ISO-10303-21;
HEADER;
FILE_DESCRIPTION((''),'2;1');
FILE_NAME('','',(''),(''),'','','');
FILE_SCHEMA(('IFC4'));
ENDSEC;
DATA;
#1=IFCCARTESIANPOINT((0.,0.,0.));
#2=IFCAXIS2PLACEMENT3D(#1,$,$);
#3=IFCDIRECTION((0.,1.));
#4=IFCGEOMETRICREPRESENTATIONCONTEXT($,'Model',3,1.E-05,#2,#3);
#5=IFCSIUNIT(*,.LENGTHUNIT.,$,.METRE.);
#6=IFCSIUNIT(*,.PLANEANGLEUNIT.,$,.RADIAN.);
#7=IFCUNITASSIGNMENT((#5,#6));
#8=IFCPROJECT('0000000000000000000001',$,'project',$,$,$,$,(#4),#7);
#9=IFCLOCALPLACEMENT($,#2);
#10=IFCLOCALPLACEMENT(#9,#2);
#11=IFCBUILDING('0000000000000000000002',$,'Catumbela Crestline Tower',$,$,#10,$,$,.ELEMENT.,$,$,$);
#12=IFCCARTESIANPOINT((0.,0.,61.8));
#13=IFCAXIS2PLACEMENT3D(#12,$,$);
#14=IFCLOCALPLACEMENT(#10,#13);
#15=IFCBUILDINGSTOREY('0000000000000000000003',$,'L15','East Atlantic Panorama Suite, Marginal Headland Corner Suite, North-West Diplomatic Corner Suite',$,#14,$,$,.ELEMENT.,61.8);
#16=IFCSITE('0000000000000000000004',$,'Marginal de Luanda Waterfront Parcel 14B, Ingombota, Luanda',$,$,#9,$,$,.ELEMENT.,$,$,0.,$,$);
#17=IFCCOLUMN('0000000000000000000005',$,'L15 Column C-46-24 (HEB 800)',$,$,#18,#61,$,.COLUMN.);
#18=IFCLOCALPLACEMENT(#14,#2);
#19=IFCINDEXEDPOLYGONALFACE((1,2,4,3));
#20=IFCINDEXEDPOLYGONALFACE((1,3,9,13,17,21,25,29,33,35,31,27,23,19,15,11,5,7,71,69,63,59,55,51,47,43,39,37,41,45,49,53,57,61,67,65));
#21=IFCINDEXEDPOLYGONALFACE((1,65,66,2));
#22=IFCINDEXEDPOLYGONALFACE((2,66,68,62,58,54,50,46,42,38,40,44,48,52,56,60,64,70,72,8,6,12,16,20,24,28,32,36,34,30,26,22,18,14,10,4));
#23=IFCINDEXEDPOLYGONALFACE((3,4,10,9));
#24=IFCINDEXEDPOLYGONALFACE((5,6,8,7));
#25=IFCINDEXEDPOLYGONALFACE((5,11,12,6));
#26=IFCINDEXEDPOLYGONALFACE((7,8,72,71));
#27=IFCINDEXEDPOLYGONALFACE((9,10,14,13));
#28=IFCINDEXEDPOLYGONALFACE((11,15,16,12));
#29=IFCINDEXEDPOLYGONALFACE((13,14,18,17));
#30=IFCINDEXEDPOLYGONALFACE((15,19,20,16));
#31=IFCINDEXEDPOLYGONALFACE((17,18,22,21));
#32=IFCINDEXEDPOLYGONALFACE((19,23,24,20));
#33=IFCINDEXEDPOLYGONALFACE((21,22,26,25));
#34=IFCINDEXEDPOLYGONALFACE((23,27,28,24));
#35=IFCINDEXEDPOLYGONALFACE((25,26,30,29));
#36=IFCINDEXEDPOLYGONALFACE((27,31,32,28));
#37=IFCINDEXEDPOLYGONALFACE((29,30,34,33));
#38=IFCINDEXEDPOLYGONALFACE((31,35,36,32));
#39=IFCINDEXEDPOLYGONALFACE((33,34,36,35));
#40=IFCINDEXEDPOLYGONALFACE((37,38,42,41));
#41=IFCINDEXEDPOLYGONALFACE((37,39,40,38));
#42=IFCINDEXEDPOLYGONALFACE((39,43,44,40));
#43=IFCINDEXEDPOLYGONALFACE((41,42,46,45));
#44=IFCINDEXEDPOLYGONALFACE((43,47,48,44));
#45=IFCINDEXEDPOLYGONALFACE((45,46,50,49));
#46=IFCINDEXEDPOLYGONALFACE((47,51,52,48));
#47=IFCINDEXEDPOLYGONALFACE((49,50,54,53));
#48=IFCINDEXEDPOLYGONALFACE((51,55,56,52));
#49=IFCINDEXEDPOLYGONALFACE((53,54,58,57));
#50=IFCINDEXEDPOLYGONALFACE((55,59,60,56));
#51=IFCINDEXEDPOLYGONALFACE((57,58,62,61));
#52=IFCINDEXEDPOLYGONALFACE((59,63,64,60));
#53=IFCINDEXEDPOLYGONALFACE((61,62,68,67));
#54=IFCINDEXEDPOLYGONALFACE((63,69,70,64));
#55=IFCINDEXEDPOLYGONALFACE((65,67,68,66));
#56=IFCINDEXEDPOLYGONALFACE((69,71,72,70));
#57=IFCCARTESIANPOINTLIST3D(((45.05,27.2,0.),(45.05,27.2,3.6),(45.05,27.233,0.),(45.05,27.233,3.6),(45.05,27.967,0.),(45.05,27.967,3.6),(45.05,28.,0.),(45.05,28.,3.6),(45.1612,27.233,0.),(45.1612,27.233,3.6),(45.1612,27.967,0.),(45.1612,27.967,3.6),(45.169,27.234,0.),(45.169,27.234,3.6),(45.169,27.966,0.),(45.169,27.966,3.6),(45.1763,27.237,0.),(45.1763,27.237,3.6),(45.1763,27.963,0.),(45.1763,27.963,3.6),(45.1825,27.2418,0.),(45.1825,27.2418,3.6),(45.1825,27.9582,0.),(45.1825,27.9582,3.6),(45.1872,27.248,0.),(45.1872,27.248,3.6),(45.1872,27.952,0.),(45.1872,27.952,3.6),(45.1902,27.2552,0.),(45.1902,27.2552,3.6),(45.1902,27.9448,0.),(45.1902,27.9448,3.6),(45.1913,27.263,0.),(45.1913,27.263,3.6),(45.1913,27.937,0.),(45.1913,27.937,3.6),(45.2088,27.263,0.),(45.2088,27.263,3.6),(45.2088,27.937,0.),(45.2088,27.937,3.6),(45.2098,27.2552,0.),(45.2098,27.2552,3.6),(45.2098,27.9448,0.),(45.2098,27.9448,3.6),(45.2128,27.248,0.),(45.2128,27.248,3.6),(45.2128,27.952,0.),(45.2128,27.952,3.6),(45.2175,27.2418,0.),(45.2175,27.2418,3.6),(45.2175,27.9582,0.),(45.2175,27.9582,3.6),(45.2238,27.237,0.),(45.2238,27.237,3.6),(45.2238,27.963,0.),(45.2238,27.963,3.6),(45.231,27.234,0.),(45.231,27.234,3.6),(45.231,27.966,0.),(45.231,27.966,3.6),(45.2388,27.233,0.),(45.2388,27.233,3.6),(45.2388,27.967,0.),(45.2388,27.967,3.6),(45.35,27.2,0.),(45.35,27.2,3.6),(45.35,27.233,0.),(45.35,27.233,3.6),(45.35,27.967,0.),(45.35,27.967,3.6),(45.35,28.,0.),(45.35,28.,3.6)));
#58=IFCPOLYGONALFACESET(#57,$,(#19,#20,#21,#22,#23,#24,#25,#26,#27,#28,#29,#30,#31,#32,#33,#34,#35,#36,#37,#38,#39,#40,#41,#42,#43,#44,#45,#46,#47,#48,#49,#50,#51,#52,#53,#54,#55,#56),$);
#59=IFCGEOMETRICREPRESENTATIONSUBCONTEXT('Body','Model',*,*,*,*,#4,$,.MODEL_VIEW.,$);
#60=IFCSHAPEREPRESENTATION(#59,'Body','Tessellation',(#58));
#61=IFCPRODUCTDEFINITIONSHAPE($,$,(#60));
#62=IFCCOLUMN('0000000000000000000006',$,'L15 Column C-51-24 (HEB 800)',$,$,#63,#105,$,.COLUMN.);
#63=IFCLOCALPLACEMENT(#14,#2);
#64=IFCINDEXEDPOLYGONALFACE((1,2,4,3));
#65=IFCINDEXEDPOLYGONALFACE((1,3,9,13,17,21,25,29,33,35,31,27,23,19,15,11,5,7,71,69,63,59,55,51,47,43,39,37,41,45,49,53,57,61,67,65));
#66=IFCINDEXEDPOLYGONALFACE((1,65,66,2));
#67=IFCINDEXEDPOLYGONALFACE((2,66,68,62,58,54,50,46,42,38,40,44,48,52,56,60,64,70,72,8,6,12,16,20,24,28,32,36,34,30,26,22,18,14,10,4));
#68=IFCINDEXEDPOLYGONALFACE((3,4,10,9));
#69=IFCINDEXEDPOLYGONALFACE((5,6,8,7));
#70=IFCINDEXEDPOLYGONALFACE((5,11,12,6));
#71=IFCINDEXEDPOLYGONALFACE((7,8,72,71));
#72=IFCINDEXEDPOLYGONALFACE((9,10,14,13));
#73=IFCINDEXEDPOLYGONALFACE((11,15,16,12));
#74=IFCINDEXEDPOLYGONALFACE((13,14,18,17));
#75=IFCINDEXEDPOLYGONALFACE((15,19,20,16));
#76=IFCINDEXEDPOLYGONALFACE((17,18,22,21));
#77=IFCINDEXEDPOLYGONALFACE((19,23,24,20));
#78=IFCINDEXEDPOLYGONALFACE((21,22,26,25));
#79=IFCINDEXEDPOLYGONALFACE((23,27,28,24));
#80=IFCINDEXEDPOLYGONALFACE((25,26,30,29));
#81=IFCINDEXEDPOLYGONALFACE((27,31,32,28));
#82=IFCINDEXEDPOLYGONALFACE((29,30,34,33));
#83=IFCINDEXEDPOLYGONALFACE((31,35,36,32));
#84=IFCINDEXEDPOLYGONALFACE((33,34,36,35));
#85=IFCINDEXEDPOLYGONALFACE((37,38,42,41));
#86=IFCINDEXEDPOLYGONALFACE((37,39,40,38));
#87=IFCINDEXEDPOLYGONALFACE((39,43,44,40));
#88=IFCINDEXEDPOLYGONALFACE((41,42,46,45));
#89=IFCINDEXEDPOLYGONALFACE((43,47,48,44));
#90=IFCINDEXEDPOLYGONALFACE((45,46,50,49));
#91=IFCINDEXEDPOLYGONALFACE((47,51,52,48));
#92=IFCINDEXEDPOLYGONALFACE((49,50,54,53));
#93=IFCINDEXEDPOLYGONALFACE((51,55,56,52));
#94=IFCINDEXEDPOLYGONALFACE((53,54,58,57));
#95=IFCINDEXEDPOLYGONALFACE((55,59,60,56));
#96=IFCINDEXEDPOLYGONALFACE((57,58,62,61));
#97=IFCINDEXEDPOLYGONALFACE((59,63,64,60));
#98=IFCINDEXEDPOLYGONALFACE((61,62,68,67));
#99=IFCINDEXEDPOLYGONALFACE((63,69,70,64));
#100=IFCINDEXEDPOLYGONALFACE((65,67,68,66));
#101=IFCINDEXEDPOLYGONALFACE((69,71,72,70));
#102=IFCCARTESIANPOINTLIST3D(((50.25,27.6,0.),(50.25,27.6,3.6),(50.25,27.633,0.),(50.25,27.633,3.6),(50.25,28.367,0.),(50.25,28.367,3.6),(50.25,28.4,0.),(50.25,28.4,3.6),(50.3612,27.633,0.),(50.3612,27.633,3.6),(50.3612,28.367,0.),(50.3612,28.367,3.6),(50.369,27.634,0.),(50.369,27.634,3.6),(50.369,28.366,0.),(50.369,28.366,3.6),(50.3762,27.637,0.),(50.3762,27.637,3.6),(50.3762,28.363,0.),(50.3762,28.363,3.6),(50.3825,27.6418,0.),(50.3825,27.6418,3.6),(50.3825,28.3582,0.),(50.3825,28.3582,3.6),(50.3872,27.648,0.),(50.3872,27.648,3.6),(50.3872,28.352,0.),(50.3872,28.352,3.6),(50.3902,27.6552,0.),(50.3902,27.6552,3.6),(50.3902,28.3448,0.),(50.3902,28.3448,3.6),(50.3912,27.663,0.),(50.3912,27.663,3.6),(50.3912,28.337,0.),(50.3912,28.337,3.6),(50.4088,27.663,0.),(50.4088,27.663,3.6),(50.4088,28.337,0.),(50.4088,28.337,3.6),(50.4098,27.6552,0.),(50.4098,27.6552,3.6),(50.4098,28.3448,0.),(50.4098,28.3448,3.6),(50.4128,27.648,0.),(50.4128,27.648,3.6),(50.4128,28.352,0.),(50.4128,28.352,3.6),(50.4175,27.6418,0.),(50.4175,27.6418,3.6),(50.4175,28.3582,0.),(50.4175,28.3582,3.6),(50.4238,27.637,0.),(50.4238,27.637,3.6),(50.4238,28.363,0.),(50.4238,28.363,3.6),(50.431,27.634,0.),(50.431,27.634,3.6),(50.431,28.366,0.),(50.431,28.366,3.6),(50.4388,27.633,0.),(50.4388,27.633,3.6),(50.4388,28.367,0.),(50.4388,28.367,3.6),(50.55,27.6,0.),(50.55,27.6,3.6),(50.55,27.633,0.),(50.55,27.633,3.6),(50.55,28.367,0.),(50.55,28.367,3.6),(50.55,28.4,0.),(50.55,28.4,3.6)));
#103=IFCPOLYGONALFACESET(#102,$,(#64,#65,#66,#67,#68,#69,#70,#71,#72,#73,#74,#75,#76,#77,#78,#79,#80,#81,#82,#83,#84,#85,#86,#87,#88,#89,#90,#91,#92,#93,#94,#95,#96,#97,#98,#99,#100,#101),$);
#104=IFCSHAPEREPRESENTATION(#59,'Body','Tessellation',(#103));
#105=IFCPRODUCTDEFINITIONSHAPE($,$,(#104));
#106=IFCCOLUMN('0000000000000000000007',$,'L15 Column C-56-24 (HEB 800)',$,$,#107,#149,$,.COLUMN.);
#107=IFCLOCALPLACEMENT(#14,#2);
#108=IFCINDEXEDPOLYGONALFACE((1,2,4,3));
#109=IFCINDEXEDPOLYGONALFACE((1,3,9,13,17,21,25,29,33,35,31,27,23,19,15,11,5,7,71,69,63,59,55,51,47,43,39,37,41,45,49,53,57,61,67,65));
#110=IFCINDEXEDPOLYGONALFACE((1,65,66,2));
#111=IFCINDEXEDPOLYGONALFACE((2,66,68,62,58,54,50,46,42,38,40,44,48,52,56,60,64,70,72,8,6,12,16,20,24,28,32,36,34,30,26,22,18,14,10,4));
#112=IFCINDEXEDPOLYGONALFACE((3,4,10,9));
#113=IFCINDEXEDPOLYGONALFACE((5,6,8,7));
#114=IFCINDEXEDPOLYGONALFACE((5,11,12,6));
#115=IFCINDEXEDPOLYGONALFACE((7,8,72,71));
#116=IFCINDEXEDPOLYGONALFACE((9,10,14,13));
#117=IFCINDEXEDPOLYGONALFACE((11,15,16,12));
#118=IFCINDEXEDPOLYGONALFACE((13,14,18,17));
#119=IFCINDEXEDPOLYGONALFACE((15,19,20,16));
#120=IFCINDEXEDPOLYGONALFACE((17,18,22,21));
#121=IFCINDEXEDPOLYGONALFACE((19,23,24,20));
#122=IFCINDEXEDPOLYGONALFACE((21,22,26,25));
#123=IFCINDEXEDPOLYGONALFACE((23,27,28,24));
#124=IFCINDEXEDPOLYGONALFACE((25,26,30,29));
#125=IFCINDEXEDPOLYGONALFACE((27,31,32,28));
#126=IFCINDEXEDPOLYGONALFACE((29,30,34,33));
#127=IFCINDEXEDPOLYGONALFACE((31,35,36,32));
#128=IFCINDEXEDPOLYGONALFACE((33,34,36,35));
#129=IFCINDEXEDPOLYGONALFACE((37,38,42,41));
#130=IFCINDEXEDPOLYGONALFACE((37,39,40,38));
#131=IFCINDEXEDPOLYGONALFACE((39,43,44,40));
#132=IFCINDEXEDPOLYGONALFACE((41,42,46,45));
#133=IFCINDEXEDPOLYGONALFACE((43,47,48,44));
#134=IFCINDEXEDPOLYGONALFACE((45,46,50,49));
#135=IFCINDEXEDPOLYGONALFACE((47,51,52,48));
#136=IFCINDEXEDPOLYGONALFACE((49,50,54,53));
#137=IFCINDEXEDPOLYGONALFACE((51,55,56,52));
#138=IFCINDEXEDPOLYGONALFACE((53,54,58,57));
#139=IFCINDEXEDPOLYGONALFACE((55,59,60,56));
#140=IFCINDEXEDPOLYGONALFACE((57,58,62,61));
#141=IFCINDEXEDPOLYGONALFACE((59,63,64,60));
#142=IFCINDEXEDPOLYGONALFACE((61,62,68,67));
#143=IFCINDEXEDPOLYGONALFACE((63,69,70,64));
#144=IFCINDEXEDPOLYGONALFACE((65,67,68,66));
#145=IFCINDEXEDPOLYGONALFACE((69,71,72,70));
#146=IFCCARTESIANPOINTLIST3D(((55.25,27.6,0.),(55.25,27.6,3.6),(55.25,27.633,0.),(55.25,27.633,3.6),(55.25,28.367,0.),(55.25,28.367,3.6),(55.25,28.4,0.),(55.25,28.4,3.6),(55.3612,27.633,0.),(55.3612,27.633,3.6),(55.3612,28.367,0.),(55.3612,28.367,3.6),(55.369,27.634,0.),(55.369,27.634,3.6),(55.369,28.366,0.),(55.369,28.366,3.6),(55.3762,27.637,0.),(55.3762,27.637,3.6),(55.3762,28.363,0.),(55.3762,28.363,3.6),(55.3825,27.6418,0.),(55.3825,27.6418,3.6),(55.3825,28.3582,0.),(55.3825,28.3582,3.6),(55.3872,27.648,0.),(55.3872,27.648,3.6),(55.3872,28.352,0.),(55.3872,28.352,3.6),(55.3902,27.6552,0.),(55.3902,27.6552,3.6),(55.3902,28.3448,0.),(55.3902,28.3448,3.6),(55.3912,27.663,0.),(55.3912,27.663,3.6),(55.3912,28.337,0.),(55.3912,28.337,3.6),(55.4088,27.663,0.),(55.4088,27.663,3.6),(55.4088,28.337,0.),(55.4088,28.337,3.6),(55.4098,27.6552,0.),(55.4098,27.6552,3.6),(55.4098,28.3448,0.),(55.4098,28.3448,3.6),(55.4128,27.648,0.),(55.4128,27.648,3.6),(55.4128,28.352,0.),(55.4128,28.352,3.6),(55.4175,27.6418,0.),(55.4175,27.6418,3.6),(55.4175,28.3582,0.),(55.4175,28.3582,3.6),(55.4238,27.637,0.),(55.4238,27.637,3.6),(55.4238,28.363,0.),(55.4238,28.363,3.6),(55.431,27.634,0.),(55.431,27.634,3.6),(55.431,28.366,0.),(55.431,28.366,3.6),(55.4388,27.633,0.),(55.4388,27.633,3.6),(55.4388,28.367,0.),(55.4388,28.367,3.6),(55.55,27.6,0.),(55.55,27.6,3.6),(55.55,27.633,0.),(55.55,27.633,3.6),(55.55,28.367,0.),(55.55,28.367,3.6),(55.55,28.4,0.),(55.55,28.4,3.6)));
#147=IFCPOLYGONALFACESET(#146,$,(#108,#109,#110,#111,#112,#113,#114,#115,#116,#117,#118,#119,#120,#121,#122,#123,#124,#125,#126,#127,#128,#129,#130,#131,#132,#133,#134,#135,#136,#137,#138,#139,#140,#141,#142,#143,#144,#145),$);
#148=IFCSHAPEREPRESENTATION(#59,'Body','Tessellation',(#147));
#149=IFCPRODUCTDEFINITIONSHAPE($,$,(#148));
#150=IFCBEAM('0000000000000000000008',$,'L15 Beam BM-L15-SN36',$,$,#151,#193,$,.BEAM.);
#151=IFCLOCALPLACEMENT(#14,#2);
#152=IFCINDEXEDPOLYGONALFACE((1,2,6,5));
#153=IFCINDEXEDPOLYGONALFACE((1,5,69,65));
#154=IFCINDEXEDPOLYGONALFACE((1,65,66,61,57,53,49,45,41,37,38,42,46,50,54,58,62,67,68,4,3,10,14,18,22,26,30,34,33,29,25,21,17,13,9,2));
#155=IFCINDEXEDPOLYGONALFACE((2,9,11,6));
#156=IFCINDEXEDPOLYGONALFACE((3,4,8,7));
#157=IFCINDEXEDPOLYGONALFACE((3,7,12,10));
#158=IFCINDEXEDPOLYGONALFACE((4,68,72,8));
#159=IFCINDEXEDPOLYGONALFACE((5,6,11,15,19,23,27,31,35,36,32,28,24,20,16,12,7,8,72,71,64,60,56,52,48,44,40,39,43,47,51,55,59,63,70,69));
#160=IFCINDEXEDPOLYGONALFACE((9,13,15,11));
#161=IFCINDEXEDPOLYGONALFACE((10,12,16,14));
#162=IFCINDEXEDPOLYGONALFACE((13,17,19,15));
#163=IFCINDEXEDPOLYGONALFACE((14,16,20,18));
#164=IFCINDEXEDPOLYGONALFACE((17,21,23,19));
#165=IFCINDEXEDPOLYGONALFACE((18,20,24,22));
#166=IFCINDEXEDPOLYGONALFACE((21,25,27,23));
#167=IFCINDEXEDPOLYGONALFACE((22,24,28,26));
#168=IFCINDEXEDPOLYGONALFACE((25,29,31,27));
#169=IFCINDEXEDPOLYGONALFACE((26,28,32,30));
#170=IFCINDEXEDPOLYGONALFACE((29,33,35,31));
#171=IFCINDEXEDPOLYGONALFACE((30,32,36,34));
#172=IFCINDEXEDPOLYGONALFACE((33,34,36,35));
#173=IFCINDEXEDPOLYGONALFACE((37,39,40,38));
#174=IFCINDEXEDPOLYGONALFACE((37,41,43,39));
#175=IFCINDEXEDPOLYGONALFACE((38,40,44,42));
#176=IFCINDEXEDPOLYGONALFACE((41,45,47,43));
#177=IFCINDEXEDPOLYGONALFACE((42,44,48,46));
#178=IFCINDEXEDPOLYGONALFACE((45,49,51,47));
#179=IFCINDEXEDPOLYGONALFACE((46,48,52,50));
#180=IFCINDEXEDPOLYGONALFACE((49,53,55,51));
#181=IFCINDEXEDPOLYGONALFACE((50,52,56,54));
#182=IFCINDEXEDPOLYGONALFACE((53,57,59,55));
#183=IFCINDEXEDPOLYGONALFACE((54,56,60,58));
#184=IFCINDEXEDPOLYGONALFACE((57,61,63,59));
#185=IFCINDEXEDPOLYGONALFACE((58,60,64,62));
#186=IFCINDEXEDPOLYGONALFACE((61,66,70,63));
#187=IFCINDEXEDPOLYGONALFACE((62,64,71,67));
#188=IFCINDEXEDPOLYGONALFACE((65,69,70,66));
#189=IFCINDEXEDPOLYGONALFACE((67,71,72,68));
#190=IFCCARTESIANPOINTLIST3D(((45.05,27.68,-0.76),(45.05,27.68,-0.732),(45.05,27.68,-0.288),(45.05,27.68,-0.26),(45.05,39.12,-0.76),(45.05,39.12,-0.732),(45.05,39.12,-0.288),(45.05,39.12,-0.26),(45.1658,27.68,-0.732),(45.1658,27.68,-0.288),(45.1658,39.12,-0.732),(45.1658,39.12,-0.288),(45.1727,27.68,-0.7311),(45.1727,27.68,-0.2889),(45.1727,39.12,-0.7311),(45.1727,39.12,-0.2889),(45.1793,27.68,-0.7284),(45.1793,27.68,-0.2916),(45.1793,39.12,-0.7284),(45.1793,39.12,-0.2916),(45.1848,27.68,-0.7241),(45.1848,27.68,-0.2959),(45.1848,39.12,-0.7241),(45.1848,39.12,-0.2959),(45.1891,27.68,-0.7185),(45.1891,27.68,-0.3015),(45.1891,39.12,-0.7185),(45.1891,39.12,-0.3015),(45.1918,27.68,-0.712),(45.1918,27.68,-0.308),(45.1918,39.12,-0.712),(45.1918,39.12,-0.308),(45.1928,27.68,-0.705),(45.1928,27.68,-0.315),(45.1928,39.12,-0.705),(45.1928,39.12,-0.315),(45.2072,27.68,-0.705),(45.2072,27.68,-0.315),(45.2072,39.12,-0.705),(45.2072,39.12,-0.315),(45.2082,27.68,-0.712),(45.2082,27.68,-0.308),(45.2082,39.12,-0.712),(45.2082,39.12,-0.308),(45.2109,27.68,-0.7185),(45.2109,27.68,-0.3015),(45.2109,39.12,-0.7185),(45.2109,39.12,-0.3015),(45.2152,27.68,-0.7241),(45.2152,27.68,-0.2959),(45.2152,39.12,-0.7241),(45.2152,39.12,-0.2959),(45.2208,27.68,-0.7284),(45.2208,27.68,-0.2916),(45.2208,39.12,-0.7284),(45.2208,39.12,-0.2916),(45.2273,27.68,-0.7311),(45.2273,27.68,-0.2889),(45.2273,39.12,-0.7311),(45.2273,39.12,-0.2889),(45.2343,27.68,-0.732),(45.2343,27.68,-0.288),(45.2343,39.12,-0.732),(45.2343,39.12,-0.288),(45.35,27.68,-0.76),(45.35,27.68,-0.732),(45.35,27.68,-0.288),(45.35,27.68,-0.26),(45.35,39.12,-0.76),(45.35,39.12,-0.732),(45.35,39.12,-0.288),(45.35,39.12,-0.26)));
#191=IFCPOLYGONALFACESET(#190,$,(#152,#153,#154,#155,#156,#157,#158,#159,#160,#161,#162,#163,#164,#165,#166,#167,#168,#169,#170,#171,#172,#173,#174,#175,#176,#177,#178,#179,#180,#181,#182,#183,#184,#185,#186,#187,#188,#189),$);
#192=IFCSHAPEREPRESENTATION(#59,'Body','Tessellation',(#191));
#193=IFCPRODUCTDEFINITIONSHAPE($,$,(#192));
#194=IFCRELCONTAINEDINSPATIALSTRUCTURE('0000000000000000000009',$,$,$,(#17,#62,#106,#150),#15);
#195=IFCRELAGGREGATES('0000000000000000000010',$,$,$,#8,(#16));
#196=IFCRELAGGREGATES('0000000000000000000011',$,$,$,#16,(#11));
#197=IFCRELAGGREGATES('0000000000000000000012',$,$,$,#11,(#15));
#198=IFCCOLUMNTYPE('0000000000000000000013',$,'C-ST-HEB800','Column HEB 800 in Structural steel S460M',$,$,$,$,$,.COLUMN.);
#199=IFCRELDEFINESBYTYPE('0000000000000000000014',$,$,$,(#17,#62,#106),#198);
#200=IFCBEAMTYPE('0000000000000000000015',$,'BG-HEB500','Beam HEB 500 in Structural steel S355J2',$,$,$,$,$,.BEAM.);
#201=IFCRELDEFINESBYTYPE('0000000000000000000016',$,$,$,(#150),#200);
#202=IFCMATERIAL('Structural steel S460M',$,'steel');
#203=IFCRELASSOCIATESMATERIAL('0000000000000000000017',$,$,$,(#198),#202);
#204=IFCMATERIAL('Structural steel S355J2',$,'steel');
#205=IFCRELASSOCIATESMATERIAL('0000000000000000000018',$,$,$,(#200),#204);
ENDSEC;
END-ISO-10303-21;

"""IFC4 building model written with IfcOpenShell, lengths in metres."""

from ifc_helpers import new_model, si_unit, direction, frame, origin, origin_2d, place, context, subcontext, project, spatial, i_section, extrude, material, material_profile, profile_set, type_object, element, save


model = new_model("IFC4")

# Units and contexts
model_context = context("Model", 3, precision=1e-05, world=origin(), true_north=direction((0.0, 1.0)))
body_context = subcontext(model_context, "Body", "Model", "MODEL_VIEW")
ifc_project = project(units=[si_unit("LENGTHUNIT", "METRE"), si_unit("PLANEANGLEUNIT", "RADIAN")], contexts=[model_context])

# Site, building, storey
site_placement = place(None, origin())
site = spatial("IfcSite", under=ifc_project, at=site_placement, Name="Marginal de Luanda Waterfront Parcel 14B, Ingombota, Luanda", CompositionType="ELEMENT", RefElevation=0.0)
building_placement = place(site_placement, origin())
building = spatial("IfcBuilding", under=site, at=building_placement, Name="Catumbela Crestline Tower", CompositionType="ELEMENT")
storey_placement = place(building_placement, frame((0.0, 0.0, 61.8)))
storey = spatial("IfcBuildingStorey", under=building, at=storey_placement, Name="L15", Description="East Atlantic Panorama Suite, Marginal Headland Corner Suite, North-West Diplomatic Corner Suite", CompositionType="ELEMENT", Elevation=61.8)

# Columns
ifc_material_1 = material(Name="Structural steel S460M", Category="steel")
ifc_material_profile_1 = material_profile(ifc_material_1, i_section(OverallWidth=0.3, OverallDepth=0.8, WebThickness=0.0175, FlangeThickness=0.033, FilletRadius=0.03, at=origin_2d()), Name="HEB 800")
ifc_profile_set_1 = profile_set([ifc_material_profile_1], Name="Structural steel S460M")
column_type = type_object("IfcColumnType", Name="C-ST-HEB800", Description="Column HEB 800 in Structural steel S460M", PredefinedType="COLUMN", material=ifc_profile_set_1)
for number, where, z_axis, x_axis, name in (
    (1, (45.2, 27.6, 0.0), (0.0, 0.0, 1.0), (1.0, 0.0, 0.0), "L15 Column C-46-24 (HEB 800)"),
    (2, (50.4, 28.0, 0.0), (0.0, 0.0, 1.0), (1.0, 0.0, 0.0), "L15 Column C-51-24 (HEB 800)"),
    (3, (55.4, 28.0, 0.0), (0.0, 0.0, 1.0), (1.0, 0.0, 0.0), "L15 Column C-56-24 (HEB 800)"),
):
    element("IfcColumn", number, at=place(storey_placement, frame(where, z_axis=z_axis, x_axis=x_axis)), inside=storey, type_object=column_type, Name=name, PredefinedType="COLUMN", context=body_context, shape_type="SweptSolid", body=[
        extrude(i_section(OverallWidth=0.3, OverallDepth=0.8, WebThickness=0.0175, FlangeThickness=0.033, FilletRadius=0.03, at=origin_2d()), origin(), (0.0, 0.0, 1.0), 3.6),
    ])

# Beam
ifc_material_2 = material(Name="Structural steel S355J2", Category="steel")
ifc_material_profile_2 = material_profile(ifc_material_2, i_section(OverallWidth=0.3, OverallDepth=0.5, WebThickness=0.0145, FlangeThickness=0.028, FilletRadius=0.027, at=origin_2d()), Name="HEB 500")
ifc_profile_set_2 = profile_set([ifc_material_profile_2], Name="Structural steel S355J2")
beam_type_1 = type_object("IfcBeamType", Name="BG-HEB500", Description="Beam HEB 500 in Structural steel S355J2", PredefinedType="BEAM", material=ifc_profile_set_2)
beam_1_placement = place(storey_placement, frame((45.2, 27.68, -0.51), z_axis=(0.0, 1.0, 0.0), x_axis=(-1.0, 0.0, 0.0)))
element("IfcBeam", 4, at=beam_1_placement, inside=storey, type_object=beam_type_1, Name="L15 Beam BM-L15-SN36", PredefinedType="BEAM", context=body_context, shape_type="SweptSolid", body=[
    extrude(i_section(OverallWidth=0.3, OverallDepth=0.5, WebThickness=0.0145, FlangeThickness=0.028, FilletRadius=0.027, at=origin_2d()), origin(), (0.0, 0.0, 1.0), 11.44),
])

save(model, "model.ifc")
